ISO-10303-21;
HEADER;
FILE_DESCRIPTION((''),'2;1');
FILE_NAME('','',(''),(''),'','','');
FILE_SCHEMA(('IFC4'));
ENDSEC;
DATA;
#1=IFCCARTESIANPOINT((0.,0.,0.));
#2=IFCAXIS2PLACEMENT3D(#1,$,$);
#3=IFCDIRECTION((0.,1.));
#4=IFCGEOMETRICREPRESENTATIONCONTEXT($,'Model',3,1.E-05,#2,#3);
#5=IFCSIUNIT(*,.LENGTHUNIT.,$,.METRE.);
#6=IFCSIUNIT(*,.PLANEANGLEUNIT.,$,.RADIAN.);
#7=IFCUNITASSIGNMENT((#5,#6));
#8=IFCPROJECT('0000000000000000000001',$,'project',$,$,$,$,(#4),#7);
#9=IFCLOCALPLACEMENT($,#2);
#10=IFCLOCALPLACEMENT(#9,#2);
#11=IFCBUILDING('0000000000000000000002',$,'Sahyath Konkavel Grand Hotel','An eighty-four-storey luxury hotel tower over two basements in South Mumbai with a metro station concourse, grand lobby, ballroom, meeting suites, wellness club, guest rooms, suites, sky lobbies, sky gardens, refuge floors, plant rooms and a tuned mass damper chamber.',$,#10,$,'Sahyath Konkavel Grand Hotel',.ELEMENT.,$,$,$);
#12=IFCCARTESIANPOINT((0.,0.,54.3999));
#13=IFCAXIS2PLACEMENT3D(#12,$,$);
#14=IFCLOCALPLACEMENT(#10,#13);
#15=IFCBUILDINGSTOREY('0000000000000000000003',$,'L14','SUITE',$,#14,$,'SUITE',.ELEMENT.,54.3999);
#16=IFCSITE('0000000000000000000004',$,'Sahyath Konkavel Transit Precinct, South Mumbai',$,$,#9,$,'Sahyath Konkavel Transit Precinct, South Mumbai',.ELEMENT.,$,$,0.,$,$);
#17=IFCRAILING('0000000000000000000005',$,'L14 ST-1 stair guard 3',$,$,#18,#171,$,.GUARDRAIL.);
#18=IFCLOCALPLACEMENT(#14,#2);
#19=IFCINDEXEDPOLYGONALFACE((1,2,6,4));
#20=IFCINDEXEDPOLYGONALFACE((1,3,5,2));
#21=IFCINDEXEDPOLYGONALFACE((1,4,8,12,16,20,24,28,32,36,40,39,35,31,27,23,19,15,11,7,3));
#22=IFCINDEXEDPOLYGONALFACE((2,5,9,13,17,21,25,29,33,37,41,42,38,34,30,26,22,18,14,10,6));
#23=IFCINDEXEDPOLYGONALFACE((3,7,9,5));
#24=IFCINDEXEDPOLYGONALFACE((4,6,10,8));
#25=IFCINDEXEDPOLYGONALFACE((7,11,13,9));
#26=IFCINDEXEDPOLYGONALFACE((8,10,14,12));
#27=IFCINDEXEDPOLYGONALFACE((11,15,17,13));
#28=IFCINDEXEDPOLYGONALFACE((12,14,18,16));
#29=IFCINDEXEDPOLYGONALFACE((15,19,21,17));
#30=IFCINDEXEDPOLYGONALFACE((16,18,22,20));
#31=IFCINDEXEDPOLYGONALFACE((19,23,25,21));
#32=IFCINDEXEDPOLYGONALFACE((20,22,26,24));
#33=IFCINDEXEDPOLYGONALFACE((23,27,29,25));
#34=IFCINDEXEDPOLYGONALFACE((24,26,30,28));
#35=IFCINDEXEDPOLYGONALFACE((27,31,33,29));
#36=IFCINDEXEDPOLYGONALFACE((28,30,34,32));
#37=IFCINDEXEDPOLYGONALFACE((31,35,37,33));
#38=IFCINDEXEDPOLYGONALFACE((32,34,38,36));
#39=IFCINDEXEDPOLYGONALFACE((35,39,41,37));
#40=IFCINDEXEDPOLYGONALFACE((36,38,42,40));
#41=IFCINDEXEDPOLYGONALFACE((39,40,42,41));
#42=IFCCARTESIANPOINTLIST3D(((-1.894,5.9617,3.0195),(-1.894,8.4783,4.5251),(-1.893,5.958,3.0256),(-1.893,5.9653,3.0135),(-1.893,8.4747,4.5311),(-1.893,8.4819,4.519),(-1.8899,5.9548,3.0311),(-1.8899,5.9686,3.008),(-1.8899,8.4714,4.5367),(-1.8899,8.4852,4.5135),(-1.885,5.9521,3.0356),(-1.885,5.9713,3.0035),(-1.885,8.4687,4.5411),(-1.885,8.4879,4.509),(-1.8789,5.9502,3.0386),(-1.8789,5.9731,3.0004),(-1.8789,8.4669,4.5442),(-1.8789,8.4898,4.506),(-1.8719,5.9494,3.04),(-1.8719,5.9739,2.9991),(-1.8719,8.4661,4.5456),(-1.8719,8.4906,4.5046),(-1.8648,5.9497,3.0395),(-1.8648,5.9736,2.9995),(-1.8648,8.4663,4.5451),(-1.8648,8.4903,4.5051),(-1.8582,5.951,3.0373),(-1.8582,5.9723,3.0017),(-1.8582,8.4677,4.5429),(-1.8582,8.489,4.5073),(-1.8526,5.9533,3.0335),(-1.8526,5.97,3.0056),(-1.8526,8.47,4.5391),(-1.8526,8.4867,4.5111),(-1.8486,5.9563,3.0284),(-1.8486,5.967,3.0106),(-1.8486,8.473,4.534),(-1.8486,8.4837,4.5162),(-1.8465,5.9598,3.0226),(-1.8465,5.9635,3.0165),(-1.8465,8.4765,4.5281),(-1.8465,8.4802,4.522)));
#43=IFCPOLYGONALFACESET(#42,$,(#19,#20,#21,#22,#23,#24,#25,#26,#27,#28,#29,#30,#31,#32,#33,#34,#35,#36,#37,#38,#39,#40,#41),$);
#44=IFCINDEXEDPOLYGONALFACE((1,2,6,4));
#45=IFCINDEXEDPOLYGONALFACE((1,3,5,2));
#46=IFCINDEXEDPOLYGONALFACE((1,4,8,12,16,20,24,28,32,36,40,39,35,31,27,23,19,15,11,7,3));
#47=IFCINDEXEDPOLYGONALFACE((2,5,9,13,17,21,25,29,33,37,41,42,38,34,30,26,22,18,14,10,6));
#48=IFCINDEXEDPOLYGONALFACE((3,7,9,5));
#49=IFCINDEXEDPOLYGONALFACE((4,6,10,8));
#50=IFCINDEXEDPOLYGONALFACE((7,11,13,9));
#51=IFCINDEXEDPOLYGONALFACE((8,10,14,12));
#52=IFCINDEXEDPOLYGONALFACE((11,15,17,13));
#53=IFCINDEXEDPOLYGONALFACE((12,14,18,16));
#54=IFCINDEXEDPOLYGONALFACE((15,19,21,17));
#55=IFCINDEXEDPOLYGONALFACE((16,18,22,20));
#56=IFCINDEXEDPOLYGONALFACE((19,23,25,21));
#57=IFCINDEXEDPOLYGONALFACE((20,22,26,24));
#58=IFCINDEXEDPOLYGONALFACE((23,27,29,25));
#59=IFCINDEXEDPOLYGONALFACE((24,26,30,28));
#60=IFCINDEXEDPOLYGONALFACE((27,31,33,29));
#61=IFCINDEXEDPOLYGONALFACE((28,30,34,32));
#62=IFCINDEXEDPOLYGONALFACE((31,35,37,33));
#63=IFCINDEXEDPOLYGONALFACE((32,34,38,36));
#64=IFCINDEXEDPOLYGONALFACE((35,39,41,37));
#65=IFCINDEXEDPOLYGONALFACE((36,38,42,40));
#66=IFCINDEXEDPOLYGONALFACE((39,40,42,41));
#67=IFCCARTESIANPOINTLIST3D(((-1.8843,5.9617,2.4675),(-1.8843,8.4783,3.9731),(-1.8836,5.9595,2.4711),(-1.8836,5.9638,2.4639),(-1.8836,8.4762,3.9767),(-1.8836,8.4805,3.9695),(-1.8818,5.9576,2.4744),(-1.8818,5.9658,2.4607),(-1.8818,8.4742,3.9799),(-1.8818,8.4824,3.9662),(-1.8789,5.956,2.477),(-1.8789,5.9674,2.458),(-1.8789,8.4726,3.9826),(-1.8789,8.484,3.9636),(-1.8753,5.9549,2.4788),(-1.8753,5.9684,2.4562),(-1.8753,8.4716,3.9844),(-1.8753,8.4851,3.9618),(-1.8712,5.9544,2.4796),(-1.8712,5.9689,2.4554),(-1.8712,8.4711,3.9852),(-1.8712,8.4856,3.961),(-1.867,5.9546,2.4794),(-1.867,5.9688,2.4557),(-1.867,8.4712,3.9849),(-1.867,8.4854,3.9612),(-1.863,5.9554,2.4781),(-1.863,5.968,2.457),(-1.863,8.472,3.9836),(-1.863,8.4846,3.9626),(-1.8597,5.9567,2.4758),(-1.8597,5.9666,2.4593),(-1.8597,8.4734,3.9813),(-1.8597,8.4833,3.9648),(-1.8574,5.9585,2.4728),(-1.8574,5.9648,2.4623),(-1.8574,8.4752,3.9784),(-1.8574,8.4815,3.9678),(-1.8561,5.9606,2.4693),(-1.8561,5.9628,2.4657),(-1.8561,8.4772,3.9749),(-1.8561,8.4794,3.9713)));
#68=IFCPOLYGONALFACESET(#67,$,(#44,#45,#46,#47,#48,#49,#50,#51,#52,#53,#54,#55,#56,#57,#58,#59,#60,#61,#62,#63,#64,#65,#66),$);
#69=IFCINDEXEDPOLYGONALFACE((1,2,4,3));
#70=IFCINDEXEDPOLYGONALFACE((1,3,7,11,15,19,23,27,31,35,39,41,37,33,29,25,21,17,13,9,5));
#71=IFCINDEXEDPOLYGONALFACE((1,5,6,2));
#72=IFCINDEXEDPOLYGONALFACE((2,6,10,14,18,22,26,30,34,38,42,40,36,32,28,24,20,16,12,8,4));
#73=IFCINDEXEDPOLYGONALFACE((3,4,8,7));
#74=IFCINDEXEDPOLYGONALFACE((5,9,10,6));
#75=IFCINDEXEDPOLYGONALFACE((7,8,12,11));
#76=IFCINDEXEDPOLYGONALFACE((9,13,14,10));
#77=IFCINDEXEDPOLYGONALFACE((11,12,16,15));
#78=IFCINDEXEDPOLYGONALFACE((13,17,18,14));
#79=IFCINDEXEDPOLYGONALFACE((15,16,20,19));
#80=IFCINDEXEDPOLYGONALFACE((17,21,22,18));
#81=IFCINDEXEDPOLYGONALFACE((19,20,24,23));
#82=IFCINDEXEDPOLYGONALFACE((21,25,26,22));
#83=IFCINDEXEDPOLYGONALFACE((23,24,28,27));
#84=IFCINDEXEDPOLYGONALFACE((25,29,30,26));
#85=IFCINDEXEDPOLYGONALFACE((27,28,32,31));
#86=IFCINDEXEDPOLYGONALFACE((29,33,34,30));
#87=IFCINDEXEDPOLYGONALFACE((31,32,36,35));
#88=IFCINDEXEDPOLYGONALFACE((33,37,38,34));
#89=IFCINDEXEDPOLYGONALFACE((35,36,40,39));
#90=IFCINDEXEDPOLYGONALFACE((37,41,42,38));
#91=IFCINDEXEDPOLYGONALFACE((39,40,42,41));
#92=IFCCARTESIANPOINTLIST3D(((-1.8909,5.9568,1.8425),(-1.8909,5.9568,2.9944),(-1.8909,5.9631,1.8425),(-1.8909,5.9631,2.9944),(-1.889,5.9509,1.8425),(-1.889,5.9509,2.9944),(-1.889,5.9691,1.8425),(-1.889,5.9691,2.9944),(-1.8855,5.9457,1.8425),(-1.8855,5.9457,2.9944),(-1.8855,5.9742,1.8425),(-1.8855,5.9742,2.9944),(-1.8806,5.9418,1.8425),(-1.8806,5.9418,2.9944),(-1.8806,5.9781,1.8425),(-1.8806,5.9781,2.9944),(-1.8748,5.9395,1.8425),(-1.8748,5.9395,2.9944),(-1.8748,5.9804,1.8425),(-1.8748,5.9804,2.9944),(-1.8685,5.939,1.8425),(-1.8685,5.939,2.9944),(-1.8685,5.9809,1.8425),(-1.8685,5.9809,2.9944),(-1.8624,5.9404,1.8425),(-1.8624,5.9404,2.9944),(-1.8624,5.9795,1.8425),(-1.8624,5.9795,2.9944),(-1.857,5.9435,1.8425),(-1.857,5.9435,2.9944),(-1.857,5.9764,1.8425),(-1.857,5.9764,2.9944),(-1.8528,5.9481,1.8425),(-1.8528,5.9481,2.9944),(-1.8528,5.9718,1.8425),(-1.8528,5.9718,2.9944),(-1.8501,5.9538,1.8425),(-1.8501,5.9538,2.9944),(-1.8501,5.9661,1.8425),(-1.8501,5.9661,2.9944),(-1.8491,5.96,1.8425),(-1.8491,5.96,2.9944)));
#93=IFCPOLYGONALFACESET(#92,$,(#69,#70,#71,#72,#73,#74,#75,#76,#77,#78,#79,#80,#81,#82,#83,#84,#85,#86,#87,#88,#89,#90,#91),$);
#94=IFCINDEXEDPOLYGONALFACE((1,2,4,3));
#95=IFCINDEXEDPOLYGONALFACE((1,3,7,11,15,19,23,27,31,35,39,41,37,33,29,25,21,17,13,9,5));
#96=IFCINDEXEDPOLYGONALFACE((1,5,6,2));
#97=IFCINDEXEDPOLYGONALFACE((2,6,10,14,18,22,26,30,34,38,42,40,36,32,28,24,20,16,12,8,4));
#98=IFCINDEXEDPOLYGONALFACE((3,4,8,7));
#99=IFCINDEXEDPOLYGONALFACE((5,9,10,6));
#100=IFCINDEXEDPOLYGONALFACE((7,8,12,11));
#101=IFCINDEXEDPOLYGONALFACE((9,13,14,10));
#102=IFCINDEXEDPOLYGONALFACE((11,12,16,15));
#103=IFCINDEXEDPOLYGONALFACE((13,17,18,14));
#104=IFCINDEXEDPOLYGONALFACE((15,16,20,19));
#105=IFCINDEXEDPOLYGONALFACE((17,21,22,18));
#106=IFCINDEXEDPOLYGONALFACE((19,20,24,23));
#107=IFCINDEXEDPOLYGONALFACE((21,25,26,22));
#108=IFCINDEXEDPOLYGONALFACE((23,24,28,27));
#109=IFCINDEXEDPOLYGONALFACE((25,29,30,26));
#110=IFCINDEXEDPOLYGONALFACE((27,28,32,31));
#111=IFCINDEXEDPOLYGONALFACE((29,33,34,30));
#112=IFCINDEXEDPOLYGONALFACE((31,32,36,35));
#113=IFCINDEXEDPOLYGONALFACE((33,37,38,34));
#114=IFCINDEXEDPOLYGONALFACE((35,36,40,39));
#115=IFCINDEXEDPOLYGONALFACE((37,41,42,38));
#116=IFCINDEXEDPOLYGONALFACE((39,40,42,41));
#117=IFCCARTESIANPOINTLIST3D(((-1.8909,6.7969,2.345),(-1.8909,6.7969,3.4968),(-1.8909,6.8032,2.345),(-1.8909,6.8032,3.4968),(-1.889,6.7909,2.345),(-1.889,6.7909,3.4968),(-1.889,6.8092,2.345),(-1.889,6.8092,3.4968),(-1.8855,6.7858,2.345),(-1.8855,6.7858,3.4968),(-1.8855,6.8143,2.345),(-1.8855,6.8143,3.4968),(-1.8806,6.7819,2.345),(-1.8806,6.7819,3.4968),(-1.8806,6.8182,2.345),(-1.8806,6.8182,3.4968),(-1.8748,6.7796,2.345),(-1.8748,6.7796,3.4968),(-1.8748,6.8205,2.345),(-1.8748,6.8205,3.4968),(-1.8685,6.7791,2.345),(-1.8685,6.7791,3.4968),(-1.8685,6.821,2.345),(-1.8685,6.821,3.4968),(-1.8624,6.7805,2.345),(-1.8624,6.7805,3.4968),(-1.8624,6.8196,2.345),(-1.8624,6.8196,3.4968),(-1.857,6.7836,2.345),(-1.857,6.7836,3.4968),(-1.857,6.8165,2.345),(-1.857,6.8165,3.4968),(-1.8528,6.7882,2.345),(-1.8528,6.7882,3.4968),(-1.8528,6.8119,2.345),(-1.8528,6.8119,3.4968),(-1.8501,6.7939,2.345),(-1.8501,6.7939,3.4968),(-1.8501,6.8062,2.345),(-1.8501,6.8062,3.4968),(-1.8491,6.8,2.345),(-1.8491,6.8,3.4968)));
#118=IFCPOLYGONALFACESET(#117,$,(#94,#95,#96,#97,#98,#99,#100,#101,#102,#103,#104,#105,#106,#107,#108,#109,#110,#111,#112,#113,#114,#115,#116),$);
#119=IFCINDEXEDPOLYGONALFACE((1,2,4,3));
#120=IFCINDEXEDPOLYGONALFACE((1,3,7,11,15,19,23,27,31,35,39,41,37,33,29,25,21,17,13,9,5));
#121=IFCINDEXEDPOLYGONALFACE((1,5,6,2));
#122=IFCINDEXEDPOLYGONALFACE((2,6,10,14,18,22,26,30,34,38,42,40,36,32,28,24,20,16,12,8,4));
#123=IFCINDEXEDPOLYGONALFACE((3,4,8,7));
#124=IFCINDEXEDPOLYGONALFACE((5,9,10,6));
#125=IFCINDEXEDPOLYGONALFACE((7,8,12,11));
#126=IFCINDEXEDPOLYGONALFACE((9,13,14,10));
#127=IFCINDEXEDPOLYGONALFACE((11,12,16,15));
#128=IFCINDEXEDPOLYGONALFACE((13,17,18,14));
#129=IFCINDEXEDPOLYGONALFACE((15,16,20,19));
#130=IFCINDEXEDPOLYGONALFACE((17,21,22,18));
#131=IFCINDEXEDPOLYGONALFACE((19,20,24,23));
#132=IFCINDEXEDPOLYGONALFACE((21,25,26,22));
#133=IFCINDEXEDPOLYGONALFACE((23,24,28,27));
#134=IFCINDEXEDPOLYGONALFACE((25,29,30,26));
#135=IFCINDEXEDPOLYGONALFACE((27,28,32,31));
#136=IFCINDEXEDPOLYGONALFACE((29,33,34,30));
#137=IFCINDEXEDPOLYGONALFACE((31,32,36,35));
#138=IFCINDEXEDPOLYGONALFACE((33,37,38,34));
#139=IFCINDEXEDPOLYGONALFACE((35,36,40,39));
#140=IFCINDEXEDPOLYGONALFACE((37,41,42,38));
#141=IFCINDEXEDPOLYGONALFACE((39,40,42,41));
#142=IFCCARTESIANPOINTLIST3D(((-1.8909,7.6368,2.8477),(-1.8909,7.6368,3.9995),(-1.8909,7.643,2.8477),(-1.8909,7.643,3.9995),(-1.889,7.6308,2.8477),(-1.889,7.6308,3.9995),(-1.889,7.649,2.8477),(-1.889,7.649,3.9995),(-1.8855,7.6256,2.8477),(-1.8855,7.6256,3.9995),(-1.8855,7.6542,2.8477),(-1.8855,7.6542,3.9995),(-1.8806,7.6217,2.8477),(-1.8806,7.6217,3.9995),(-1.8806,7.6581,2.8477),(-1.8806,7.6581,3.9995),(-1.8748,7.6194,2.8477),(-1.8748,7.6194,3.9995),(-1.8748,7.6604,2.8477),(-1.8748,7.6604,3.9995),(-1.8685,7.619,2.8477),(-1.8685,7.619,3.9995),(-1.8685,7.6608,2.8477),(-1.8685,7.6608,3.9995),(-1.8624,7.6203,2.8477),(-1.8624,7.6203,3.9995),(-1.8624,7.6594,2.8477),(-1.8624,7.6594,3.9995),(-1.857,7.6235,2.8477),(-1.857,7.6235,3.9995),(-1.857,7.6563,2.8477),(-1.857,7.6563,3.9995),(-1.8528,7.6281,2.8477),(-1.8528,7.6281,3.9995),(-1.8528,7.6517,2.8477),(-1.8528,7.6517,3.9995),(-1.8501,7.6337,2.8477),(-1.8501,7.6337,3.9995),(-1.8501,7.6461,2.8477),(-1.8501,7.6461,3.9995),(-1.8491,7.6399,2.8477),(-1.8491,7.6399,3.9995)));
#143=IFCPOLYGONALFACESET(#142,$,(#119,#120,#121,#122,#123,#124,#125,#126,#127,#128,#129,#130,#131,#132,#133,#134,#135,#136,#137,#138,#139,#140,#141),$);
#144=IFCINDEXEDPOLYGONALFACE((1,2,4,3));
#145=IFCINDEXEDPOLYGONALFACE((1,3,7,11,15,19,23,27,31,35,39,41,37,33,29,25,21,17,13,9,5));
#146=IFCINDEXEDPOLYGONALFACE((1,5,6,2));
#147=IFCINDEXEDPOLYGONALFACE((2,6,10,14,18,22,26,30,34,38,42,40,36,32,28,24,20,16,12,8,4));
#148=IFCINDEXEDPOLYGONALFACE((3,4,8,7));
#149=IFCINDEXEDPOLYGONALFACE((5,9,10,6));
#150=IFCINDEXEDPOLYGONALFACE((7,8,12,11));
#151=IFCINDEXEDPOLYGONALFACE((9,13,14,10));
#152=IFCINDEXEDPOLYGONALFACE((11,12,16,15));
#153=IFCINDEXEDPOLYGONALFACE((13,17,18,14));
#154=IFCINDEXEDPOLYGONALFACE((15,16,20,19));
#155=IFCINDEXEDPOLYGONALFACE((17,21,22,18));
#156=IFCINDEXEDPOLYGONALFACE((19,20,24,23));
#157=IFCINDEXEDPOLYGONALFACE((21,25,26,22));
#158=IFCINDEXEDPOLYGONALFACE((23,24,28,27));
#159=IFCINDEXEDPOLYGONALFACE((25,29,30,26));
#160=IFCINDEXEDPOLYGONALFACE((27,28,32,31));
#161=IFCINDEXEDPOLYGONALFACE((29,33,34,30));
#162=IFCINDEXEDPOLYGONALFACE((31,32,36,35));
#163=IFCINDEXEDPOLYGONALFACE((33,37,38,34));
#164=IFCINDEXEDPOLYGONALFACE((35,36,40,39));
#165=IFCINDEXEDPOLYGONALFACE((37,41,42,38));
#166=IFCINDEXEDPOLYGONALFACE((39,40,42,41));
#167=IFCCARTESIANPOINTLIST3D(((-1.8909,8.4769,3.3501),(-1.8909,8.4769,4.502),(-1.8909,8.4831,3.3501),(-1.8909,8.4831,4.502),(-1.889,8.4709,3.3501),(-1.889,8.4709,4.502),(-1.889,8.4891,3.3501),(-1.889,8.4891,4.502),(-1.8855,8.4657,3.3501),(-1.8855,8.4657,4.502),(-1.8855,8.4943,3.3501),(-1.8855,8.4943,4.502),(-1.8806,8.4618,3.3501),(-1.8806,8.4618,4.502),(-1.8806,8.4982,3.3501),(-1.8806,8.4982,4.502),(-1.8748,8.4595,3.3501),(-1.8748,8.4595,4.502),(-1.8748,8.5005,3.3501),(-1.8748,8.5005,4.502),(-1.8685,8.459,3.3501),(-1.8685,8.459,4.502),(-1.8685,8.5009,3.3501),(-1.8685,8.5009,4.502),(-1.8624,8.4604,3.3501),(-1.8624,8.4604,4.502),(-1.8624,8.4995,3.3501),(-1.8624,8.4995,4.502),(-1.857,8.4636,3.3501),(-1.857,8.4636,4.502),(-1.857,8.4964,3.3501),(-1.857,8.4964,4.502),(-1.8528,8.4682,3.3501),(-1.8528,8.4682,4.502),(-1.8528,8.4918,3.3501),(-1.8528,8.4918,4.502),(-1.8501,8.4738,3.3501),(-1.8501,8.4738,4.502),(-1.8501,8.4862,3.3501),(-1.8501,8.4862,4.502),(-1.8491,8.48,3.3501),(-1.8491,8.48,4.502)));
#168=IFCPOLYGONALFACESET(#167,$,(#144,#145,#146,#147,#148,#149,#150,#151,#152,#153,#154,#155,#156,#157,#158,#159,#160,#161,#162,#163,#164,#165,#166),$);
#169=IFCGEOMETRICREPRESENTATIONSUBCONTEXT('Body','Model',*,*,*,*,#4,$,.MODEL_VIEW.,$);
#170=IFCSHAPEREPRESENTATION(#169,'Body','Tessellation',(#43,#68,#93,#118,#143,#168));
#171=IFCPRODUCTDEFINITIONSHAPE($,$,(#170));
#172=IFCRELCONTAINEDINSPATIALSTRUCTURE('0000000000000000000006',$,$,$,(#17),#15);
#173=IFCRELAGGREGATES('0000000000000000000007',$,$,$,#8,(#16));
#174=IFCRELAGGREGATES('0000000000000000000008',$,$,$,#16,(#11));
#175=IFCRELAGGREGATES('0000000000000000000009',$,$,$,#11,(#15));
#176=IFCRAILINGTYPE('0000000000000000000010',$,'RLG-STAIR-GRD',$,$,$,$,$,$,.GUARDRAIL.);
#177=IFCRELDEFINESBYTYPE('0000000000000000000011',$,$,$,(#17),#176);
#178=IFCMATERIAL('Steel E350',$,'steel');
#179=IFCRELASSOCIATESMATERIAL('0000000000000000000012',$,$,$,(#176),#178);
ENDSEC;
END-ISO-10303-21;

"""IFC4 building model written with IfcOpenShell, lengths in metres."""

from ifc_helpers import new_model, si_unit, direction, frame, origin, origin_2d, place, context, subcontext, project, spatial, circle, extrude, material, type_object, element, save


model = new_model("IFC4")

# Units and contexts
model_context = context("Model", 3, precision=1e-05, world=origin(), true_north=direction((0.0, 1.0)))
body_context = subcontext(model_context, "Body", "Model", "MODEL_VIEW")
ifc_project = project(units=[si_unit("LENGTHUNIT", "METRE"), si_unit("PLANEANGLEUNIT", "RADIAN")], contexts=[model_context])

# Site, building, storey
site_placement = place(None, origin())
site = spatial("IfcSite", under=ifc_project, at=site_placement, Name="Sahyath Konkavel Transit Precinct, South Mumbai", LongName="Sahyath Konkavel Transit Precinct, South Mumbai", CompositionType="ELEMENT", RefElevation=0.0)
building_placement = place(site_placement, origin())
building = spatial("IfcBuilding", under=site, at=building_placement, Name="Sahyath Konkavel Grand Hotel", Description="An eighty-four-storey luxury hotel tower over two basements in South Mumbai with a metro station concourse, grand lobby, ballroom, meeting suites, wellness club, guest rooms, suites, sky lobbies, sky gardens, refuge floors, plant rooms and a tuned mass damper chamber.", LongName="Sahyath Konkavel Grand Hotel", CompositionType="ELEMENT")
storey_placement = place(building_placement, frame((0.0, 0.0, 54.3999)))
storey = spatial("IfcBuildingStorey", under=building, at=storey_placement, Name="L14", Description="SUITE", LongName="SUITE", CompositionType="ELEMENT", Elevation=54.3999)

# Shared definitions
ifc_material_1 = material(Name="Steel E350", Category="steel")

# Railing
railing_type_1 = type_object("IfcRailingType", Name="RLG-STAIR-GRD", PredefinedType="GUARDRAIL", material=ifc_material_1)
railing_1_placement = place(storey_placement, frame((-1.8701, 5.96, 1.8425)))
element("IfcRailing", 1, at=railing_1_placement, inside=storey, type_object=railing_type_1, Name="L14 ST-1 stair guard 3", PredefinedType="GUARDRAIL", context=body_context, shape_type="SweptSolid", body=[
    extrude(circle(Radius=0.0239, at=origin_2d()), frame((0.0, 0.0017, 1.177), z_axis=(0.0, 0.85816, 0.513383), x_axis=(-1.0, 0.0, 0.0)), (0.0, 0.0, 1.0), 2.9326),
    extrude(circle(Radius=0.0142, at=origin_2d()), frame((0.0, 0.0017, 0.625), z_axis=(0.0, 0.85816, 0.513383), x_axis=(-1.0, 0.0, 0.0)), (0.0, 0.0, 1.0), 2.9326),
    extrude(circle(Radius=0.021, at=origin_2d()), origin(), (0.0, 0.0, 1.0), 1.1519),
    extrude(circle(Radius=0.021, at=origin_2d()), frame((0.0, 0.8401, 0.5024)), (0.0, 0.0, 1.0), 1.1519),
    extrude(circle(Radius=0.021, at=origin_2d()), frame((0.0, 1.6799, 1.0051)), (0.0, 0.0, 1.0), 1.1519),
    extrude(circle(Radius=0.021, at=origin_2d()), frame((0.0, 2.52, 1.5076)), (0.0, 0.0, 1.0), 1.1519),
])

save(model, "model.ifc")
